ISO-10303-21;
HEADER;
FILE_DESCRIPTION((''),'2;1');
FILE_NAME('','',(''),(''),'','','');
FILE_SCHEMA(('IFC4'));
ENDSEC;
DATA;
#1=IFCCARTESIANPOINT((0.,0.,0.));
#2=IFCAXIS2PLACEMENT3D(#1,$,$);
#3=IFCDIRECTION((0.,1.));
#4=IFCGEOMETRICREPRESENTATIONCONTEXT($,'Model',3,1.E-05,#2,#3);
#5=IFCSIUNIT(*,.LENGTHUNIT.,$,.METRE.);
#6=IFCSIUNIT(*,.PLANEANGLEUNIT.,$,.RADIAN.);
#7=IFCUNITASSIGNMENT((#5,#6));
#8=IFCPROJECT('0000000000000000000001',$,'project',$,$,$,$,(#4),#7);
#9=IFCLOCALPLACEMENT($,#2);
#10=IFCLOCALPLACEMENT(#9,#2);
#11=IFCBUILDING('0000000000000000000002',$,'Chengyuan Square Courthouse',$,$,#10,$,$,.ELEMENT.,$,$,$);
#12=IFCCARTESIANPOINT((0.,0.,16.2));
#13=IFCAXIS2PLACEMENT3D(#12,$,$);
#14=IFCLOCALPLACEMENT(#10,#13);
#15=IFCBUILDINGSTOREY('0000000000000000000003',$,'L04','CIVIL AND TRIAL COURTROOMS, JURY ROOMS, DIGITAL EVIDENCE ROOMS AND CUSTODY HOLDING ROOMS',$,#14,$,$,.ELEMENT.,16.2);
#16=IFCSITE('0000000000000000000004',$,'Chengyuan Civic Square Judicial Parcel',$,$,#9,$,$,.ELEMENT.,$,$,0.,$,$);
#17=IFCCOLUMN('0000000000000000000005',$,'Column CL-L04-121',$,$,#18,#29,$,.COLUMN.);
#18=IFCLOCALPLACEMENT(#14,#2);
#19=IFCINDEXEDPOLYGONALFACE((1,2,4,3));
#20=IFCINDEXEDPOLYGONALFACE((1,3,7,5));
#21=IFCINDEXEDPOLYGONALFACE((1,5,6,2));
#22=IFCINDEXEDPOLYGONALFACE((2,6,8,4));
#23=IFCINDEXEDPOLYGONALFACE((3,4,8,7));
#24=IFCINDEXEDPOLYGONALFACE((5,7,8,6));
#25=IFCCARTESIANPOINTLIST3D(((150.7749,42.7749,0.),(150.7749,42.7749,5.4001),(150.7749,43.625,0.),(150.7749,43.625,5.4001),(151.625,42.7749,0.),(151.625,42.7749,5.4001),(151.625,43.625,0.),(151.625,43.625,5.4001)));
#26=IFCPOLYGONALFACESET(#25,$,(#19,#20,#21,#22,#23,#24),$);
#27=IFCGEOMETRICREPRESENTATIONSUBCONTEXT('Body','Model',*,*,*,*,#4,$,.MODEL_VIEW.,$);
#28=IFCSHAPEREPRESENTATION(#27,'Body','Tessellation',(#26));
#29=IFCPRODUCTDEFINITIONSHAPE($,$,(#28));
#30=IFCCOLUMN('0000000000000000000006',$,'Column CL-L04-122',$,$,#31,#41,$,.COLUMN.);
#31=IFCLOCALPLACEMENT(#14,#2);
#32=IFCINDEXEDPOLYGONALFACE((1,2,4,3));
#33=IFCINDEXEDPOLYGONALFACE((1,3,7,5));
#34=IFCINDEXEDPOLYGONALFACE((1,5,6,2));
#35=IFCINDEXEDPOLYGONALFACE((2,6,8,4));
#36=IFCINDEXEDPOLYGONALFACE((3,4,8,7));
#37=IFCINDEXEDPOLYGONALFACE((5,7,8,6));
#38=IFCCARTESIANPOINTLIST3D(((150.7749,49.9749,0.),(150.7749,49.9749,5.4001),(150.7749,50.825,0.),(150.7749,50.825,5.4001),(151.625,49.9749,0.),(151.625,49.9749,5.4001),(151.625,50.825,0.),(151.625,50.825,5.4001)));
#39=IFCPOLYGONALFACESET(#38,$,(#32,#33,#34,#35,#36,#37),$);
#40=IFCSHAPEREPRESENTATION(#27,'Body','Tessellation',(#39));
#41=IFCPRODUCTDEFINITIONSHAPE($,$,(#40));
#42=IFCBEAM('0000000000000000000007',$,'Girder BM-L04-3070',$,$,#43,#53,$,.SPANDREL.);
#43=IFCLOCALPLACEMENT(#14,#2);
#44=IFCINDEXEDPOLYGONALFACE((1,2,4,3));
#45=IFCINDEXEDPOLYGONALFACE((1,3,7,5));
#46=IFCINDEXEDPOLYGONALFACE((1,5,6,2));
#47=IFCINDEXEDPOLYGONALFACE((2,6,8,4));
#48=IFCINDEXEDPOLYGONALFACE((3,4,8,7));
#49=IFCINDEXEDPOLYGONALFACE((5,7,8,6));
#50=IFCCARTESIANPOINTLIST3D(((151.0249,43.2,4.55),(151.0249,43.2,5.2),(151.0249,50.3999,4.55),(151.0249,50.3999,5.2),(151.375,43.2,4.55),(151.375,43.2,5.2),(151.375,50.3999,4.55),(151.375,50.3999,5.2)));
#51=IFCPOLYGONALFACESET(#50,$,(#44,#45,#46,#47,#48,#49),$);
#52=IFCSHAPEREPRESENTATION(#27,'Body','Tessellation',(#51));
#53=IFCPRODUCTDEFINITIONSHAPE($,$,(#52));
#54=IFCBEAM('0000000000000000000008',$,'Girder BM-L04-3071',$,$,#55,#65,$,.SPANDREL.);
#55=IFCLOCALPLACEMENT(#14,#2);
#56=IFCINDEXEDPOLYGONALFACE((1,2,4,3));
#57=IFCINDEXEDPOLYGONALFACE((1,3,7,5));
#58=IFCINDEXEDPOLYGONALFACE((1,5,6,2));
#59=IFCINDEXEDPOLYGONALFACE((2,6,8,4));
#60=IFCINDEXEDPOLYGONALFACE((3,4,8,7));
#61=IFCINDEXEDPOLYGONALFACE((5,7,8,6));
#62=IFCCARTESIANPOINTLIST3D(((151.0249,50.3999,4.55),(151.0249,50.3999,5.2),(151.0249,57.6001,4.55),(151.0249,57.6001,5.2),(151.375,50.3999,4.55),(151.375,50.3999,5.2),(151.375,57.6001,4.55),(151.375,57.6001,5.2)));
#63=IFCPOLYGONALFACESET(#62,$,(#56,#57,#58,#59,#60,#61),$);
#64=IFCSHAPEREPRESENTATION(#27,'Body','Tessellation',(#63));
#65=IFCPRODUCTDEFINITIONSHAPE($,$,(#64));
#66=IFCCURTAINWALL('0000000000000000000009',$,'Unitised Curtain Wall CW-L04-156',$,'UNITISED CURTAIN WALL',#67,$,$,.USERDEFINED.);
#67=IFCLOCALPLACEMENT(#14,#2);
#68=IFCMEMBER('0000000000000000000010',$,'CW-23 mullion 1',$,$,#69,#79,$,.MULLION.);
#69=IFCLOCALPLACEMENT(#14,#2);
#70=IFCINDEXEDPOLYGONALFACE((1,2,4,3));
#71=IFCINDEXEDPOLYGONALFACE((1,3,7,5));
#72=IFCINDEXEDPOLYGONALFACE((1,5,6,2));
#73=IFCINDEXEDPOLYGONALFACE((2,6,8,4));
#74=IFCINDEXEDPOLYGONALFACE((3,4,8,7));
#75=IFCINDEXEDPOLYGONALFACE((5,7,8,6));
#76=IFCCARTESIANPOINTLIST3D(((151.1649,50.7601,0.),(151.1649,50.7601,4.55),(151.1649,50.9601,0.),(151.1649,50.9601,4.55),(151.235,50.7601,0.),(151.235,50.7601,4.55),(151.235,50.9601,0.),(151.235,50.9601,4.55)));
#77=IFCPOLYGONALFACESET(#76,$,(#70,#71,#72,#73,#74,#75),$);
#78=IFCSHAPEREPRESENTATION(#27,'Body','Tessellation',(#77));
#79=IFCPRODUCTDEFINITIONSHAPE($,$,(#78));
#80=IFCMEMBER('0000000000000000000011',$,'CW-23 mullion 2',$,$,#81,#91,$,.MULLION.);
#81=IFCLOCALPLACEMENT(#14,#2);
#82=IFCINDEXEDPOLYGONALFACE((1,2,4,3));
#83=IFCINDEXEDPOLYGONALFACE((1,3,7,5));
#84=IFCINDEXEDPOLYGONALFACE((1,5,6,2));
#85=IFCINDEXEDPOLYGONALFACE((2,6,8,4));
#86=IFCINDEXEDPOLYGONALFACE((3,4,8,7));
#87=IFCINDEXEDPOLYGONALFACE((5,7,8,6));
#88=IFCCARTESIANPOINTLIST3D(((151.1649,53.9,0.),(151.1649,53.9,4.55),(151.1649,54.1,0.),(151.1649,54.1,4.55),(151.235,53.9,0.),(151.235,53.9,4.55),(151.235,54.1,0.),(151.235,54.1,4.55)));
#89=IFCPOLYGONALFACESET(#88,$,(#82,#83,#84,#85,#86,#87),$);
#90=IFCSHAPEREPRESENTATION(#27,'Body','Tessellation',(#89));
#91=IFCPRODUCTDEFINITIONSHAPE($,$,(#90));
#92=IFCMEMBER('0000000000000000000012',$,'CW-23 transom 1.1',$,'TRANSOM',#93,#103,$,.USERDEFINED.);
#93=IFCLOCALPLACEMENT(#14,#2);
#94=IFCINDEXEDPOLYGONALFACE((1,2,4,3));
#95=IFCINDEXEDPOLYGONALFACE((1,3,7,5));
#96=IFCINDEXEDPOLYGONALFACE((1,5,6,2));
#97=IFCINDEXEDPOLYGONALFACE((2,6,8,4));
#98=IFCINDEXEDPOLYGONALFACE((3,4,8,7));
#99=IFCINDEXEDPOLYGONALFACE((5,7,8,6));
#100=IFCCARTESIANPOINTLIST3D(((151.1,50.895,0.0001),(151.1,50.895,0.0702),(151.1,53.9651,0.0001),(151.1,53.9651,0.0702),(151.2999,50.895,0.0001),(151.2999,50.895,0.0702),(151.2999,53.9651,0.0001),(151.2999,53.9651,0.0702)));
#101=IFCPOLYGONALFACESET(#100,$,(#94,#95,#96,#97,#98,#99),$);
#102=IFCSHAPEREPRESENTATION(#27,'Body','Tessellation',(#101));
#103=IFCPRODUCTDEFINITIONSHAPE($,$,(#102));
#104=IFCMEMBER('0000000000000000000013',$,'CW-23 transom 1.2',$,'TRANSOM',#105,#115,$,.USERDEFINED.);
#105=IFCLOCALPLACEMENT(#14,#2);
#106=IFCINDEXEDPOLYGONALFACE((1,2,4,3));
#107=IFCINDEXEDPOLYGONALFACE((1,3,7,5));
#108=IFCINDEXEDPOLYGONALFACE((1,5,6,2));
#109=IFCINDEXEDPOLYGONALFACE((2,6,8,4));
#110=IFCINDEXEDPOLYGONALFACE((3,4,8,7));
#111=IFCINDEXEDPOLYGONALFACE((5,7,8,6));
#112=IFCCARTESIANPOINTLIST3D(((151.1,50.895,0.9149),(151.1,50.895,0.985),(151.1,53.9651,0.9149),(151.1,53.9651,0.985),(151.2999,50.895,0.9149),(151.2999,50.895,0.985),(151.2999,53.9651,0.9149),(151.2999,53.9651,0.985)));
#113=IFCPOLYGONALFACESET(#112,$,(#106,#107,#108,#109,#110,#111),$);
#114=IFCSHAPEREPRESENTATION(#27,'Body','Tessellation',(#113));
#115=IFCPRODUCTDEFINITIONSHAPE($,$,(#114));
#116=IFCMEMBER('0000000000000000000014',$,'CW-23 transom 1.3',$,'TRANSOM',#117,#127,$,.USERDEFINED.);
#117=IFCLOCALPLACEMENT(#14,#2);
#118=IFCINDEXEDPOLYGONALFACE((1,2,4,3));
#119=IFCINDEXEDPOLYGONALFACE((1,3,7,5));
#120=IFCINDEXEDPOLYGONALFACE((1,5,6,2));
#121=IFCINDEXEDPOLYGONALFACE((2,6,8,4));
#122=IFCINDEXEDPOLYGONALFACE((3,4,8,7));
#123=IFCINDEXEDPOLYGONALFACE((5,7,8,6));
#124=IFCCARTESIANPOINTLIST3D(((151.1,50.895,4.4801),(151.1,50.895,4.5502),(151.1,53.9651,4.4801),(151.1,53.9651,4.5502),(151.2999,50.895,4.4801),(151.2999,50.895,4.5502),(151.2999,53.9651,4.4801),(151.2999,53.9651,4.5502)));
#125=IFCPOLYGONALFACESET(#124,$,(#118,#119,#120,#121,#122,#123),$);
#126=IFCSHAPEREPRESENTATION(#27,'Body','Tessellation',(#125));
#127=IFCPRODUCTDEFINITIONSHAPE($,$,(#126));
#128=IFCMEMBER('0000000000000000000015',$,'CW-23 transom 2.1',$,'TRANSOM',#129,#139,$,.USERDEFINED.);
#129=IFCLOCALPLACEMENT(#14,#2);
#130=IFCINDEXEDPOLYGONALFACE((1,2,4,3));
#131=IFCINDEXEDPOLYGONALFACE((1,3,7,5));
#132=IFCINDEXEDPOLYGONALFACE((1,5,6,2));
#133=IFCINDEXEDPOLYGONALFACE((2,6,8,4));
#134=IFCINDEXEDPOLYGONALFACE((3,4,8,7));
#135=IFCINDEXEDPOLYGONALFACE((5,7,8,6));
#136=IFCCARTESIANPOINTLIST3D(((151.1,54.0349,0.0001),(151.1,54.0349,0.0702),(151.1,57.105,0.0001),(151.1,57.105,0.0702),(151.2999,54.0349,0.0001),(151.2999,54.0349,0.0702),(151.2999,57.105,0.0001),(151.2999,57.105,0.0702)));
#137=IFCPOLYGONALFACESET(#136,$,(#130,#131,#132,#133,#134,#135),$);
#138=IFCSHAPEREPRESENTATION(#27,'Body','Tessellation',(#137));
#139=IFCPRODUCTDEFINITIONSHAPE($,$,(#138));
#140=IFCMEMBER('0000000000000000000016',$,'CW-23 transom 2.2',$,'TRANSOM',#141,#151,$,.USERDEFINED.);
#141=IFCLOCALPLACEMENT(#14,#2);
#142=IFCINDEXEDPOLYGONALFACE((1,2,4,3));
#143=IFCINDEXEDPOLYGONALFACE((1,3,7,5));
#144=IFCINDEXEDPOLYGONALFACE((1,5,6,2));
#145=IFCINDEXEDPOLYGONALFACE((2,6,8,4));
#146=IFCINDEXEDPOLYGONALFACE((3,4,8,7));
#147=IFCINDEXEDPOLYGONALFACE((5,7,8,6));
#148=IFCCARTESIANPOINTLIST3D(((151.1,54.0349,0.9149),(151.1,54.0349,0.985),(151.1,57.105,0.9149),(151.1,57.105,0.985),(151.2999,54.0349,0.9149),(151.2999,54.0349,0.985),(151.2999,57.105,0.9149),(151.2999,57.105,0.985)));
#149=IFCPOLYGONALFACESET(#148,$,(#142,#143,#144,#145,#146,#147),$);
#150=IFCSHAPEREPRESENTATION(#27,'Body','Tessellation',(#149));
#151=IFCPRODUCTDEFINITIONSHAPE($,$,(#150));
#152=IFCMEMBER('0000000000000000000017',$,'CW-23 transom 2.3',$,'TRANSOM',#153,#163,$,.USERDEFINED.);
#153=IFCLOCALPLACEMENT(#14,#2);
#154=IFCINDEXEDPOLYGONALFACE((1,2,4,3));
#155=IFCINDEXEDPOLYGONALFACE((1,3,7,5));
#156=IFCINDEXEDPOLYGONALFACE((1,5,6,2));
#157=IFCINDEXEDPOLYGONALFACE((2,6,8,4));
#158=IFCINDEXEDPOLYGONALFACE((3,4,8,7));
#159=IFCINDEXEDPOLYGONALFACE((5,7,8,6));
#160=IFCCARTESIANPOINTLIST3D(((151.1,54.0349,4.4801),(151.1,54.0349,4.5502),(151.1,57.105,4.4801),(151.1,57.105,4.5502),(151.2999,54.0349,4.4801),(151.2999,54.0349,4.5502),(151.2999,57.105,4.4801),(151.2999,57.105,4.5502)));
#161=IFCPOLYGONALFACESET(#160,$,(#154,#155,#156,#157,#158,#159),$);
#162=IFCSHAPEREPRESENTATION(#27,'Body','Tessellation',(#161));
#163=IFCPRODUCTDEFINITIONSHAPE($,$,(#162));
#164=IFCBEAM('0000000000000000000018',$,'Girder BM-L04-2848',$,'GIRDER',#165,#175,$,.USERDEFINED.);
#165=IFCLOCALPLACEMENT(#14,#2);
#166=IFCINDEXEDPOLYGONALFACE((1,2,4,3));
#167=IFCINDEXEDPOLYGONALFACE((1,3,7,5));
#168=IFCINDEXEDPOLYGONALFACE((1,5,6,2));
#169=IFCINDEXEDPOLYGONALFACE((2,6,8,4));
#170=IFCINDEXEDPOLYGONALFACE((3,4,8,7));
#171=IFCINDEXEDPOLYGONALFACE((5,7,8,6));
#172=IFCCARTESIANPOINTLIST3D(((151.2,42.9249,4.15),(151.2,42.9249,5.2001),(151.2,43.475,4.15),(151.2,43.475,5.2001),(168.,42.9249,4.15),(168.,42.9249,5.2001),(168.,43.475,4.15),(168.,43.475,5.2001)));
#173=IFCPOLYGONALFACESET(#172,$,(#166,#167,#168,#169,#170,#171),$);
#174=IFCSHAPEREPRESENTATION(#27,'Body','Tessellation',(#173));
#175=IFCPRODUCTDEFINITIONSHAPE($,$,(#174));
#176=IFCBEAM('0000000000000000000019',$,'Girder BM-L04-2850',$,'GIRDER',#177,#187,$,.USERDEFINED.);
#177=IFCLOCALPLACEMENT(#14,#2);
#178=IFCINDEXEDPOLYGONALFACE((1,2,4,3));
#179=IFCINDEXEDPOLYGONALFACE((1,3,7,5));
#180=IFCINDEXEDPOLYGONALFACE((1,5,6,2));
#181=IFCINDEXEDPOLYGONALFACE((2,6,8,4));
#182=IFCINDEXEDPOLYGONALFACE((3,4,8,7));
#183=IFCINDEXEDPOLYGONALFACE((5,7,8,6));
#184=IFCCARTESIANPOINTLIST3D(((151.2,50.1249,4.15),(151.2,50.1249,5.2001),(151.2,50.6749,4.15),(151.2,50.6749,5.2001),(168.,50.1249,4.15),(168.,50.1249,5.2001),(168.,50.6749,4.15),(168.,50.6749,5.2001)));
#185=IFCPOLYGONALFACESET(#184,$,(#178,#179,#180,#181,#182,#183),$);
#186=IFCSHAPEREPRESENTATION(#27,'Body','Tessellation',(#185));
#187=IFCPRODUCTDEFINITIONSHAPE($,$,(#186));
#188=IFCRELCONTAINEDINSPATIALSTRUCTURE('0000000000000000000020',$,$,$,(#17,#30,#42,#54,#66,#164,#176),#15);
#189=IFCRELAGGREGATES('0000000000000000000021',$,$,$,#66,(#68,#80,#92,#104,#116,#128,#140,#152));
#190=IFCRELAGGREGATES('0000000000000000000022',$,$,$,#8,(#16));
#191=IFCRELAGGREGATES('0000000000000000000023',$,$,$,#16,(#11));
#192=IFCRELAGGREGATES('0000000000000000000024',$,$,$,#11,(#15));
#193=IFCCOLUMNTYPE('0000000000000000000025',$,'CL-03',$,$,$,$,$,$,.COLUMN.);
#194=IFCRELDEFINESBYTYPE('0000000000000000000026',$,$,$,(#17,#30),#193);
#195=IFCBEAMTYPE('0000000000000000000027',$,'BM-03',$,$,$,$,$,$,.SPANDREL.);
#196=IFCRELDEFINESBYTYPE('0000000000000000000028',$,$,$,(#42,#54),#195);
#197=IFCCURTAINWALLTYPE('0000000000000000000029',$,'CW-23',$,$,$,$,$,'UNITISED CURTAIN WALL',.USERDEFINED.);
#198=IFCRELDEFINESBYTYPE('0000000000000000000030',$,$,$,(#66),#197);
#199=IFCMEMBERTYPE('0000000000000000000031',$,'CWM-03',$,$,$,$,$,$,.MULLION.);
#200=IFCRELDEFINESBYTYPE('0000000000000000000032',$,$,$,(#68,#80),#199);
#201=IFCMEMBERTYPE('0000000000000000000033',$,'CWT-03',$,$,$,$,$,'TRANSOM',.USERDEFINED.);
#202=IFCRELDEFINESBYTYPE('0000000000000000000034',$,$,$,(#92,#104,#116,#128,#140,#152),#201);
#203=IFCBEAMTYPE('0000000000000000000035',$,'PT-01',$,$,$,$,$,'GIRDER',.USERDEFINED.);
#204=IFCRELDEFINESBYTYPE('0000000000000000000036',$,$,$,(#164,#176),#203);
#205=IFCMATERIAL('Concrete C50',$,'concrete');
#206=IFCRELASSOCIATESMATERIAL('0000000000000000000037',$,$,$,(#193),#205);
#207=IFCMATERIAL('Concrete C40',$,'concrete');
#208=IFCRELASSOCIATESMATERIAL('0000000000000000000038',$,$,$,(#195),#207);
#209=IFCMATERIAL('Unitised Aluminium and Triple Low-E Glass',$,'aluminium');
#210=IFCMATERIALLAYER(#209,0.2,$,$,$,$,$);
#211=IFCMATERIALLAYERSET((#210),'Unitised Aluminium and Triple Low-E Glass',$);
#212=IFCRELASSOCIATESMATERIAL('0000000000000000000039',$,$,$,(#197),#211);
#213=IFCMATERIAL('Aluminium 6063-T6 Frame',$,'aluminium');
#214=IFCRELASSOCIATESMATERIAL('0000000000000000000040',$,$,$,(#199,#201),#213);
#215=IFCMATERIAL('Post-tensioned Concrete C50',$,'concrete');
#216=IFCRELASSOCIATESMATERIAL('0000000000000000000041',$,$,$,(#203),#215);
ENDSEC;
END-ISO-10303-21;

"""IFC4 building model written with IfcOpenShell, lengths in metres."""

from ifc_helpers import new_model, si_unit, direction, frame, origin, origin_2d, place, context, subcontext, project, spatial, rectangle, extrude, material, layer, layer_set, material_profile, profile_set, type_object, element, aggregate, save


model = new_model("IFC4")

# Units and contexts
model_context = context("Model", 3, precision=1e-05, world=origin(), true_north=direction((0.0, 1.0)))
body_context = subcontext(model_context, "Body", "Model", "MODEL_VIEW")
ifc_project = project(units=[si_unit("LENGTHUNIT", "METRE"), si_unit("PLANEANGLEUNIT", "RADIAN")], contexts=[model_context])

# Site, building, storey
site_placement = place(None, origin())
site = spatial("IfcSite", under=ifc_project, at=site_placement, Name="Chengyuan Civic Square Judicial Parcel", CompositionType="ELEMENT", RefElevation=0.0)
building_placement = place(site_placement, origin())
building = spatial("IfcBuilding", under=site, at=building_placement, Name="Chengyuan Square Courthouse", CompositionType="ELEMENT")
storey_placement = place(building_placement, frame((0.0, 0.0, 16.2)))
storey = spatial("IfcBuildingStorey", under=building, at=storey_placement, Name="L04", Description="CIVIL AND TRIAL COURTROOMS, JURY ROOMS, DIGITAL EVIDENCE ROOMS AND CUSTODY HOLDING ROOMS", CompositionType="ELEMENT", Elevation=16.2)

# Columns
ifc_material_1 = material(Name="Concrete C50", Category="concrete")
ifc_material_profile_1 = material_profile(ifc_material_1, rectangle(XDim=0.8501, YDim=0.8501, at=origin_2d()), Name="RC-COL-850x850")
ifc_profile_set_1 = profile_set([ifc_material_profile_1], Name="Concrete C50")
column_type = type_object("IfcColumnType", Name="CL-03", PredefinedType="COLUMN", material=ifc_profile_set_1)
for number, where, z_axis, x_axis, name in (
    (1, (151.2, 43.2, 0.0), (0.0, 0.0, 1.0), (1.0, 0.0, 0.0), "Column CL-L04-121"),
    (2, (151.2, 50.3999, 0.0), (0.0, 0.0, 1.0), (1.0, 0.0, 0.0), "Column CL-L04-122"),
):
    element("IfcColumn", number, at=place(storey_placement, frame(where, z_axis=z_axis, x_axis=x_axis)), inside=storey, type_object=column_type, Name=name, PredefinedType="COLUMN", context=body_context, shape_type="SweptSolid", body=[
        extrude(rectangle(XDim=0.8501, YDim=0.8501, at=origin_2d()), origin(), (0.0, 0.0, 1.0), 5.4001),
    ])

# Beams
ifc_material_2 = material(Name="Concrete C40", Category="concrete")
ifc_material_profile_2 = material_profile(ifc_material_2, rectangle(XDim=0.3501, YDim=0.6499, at=origin_2d()), Name="RC-BM-350x650")
ifc_profile_set_2 = profile_set([ifc_material_profile_2], Name="Concrete C40")
beam_type_1 = type_object("IfcBeamType", Name="BM-03", PredefinedType="SPANDREL", material=ifc_profile_set_2)
beam_1_placement = place(storey_placement, frame((151.2, 43.2, 4.875), z_axis=(0.0, 1.0, 0.0), x_axis=(-1.0, 0.0, 0.0)))
element("IfcBeam", 3, at=beam_1_placement, inside=storey, type_object=beam_type_1, Name="Girder BM-L04-3070", PredefinedType="SPANDREL", context=body_context, shape_type="SweptSolid", body=[
    extrude(rectangle(XDim=0.3501, YDim=0.6499, at=origin_2d()), origin(), (0.0, 0.0, 1.0), 7.2),
])
beam_2_placement = place(storey_placement, frame((151.2, 50.3999, 4.875), z_axis=(0.0, 1.0, 0.0), x_axis=(-1.0, 0.0, 0.0)))
element("IfcBeam", 4, at=beam_2_placement, inside=storey, type_object=beam_type_1, Name="Girder BM-L04-3071", PredefinedType="SPANDREL", context=body_context, shape_type="SweptSolid", body=[
    extrude(rectangle(XDim=0.3501, YDim=0.6499, at=origin_2d()), origin(), (0.0, 0.0, 1.0), 7.2002),
])

# Curtain wall, members
ifc_material_3 = material(Name="Unitised Aluminium and Triple Low-E Glass", Category="aluminium")
ifc_layer_1 = layer(ifc_material_3, 0.2)
ifc_layer_set_1 = layer_set([ifc_layer_1], Name="Unitised Aluminium and Triple Low-E Glass")
curtain_wall_type = type_object("IfcCurtainWallType", Name="CW-23", ElementType="UNITISED CURTAIN WALL", PredefinedType="USERDEFINED", material=ifc_layer_set_1)
curtain_wall_placement = place(storey_placement, origin())
curtain_wall = element("IfcCurtainWall", 5, at=curtain_wall_placement, inside=storey, type_object=curtain_wall_type, Name="Unitised Curtain Wall CW-L04-156", ObjectType="UNITISED CURTAIN WALL", PredefinedType="USERDEFINED")
ifc_material_4 = material(Name="Aluminium 6063-T6 Frame", Category="aluminium")
ifc_material_profile_3 = material_profile(ifc_material_4, rectangle(XDim=0.0701, YDim=0.2, at=origin_2d()), Name="CW-MUL-70x200")
ifc_profile_set_3 = profile_set([ifc_material_profile_3], Name="Aluminium 6063-T6 Frame")
member_type_1 = type_object("IfcMemberType", Name="CWM-03", PredefinedType="MULLION", material=ifc_profile_set_3)
member_1_placement = place(storey_placement, frame((151.2, 50.8601, 0.0), z_axis=(0.0, 0.0, 1.0), x_axis=(-1.0, 0.0, 0.0)))
member_1 = element("IfcMember", 6, at=member_1_placement, type_object=member_type_1, Name="CW-23 mullion 1", PredefinedType="MULLION", context=body_context, shape_type="SweptSolid", body=[
    extrude(rectangle(XDim=0.0701, YDim=0.2, at=origin_2d()), origin(), (0.0, 0.0, 1.0), 4.55),
])
member_2_placement = place(storey_placement, frame((151.2, 54.0, 0.0), z_axis=(0.0, 0.0, 1.0), x_axis=(-1.0, 0.0, 0.0)))
member_2 = element("IfcMember", 7, at=member_2_placement, type_object=member_type_1, Name="CW-23 mullion 2", PredefinedType="MULLION", context=body_context, shape_type="SweptSolid", body=[
    extrude(rectangle(XDim=0.0701, YDim=0.2, at=origin_2d()), origin(), (0.0, 0.0, 1.0), 4.55),
])
ifc_material_profile_4 = material_profile(ifc_material_4, rectangle(XDim=0.2, YDim=0.0701, at=origin_2d()), Name="CW-TRN-70x160")
ifc_profile_set_4 = profile_set([ifc_material_profile_4], Name="Aluminium 6063-T6 Frame")
member_type_2 = type_object("IfcMemberType", Name="CWT-03", ElementType="TRANSOM", PredefinedType="USERDEFINED", material=ifc_profile_set_4)
member_3_placement = place(storey_placement, frame((151.2, 50.895, 0.0352), z_axis=(0.0, 1.0, 0.0), x_axis=(-1.0, 0.0, 0.0)))
member_3 = element("IfcMember", 8, at=member_3_placement, type_object=member_type_2, Name="CW-23 transom 1.1", ObjectType="TRANSOM", PredefinedType="USERDEFINED", context=body_context, shape_type="SweptSolid", body=[
    extrude(rectangle(XDim=0.2, YDim=0.0701, at=origin_2d()), origin(), (0.0, 0.0, 1.0), 3.0701),
])
member_4_placement = place(storey_placement, frame((151.2, 50.895, 0.95), z_axis=(0.0, 1.0, 0.0), x_axis=(-1.0, 0.0, 0.0)))
member_4 = element("IfcMember", 9, at=member_4_placement, type_object=member_type_2, Name="CW-23 transom 1.2", ObjectType="TRANSOM", PredefinedType="USERDEFINED", context=body_context, shape_type="SweptSolid", body=[
    extrude(rectangle(XDim=0.2, YDim=0.0701, at=origin_2d()), origin(), (0.0, 0.0, 1.0), 3.0701),
])
member_5_placement = place(storey_placement, frame((151.2, 50.895, 4.5151), z_axis=(0.0, 1.0, 0.0), x_axis=(-1.0, 0.0, 0.0)))
member_5 = element("IfcMember", 10, at=member_5_placement, type_object=member_type_2, Name="CW-23 transom 1.3", ObjectType="TRANSOM", PredefinedType="USERDEFINED", context=body_context, shape_type="SweptSolid", body=[
    extrude(rectangle(XDim=0.2, YDim=0.0701, at=origin_2d()), origin(), (0.0, 0.0, 1.0), 3.0701),
])
member_6_placement = place(storey_placement, frame((151.2, 54.0349, 0.0352), z_axis=(0.0, 1.0, 0.0), x_axis=(-1.0, 0.0, 0.0)))
member_6 = element("IfcMember", 11, at=member_6_placement, type_object=member_type_2, Name="CW-23 transom 2.1", ObjectType="TRANSOM", PredefinedType="USERDEFINED", context=body_context, shape_type="SweptSolid", body=[
    extrude(rectangle(XDim=0.2, YDim=0.0701, at=origin_2d()), origin(), (0.0, 0.0, 1.0), 3.0701),
])
member_7_placement = place(storey_placement, frame((151.2, 54.0349, 0.95), z_axis=(0.0, 1.0, 0.0), x_axis=(-1.0, 0.0, 0.0)))
member_7 = element("IfcMember", 12, at=member_7_placement, type_object=member_type_2, Name="CW-23 transom 2.2", ObjectType="TRANSOM", PredefinedType="USERDEFINED", context=body_context, shape_type="SweptSolid", body=[
    extrude(rectangle(XDim=0.2, YDim=0.0701, at=origin_2d()), origin(), (0.0, 0.0, 1.0), 3.0701),
])
member_8_placement = place(storey_placement, frame((151.2, 54.0349, 4.5151), z_axis=(0.0, 1.0, 0.0), x_axis=(-1.0, 0.0, 0.0)))
member_8 = element("IfcMember", 13, at=member_8_placement, type_object=member_type_2, Name="CW-23 transom 2.3", ObjectType="TRANSOM", PredefinedType="USERDEFINED", context=body_context, shape_type="SweptSolid", body=[
    extrude(rectangle(XDim=0.2, YDim=0.0701, at=origin_2d()), origin(), (0.0, 0.0, 1.0), 3.0701),
])

# Beams
ifc_material_5 = material(Name="Post-tensioned Concrete C50", Category="concrete")
ifc_material_profile_5 = material_profile(ifc_material_5, rectangle(XDim=0.55, YDim=1.05, at=origin_2d()), Name="PT-BM-550x1050")
ifc_profile_set_5 = profile_set([ifc_material_profile_5], Name="Post-tensioned Concrete C50")
beam_type_2 = type_object("IfcBeamType", Name="PT-01", ElementType="GIRDER", PredefinedType="USERDEFINED", material=ifc_profile_set_5)
for number, where, z_axis, x_axis, name in (
    (14, (151.2, 43.2, 4.675), (1.0, 0.0, 0.0), (0.0, 1.0, 0.0), "Girder BM-L04-2848"),
    (15, (151.2, 50.3999, 4.675), (1.0, 0.0, 0.0), (0.0, 1.0, 0.0), "Girder BM-L04-2850"),
):
    element("IfcBeam", number, at=place(storey_placement, frame(where, z_axis=z_axis, x_axis=x_axis)), inside=storey, type_object=beam_type_2, Name=name, ObjectType="GIRDER", PredefinedType="USERDEFINED", context=body_context, shape_type="SweptSolid", body=[
        extrude(rectangle(XDim=0.55, YDim=1.05, at=origin_2d()), origin(), (0.0, 0.0, 1.0), 16.8),
    ])

aggregate(curtain_wall, [member_1, member_2, member_3, member_4, member_5, member_6, member_7, member_8])

save(model, "model.ifc")
